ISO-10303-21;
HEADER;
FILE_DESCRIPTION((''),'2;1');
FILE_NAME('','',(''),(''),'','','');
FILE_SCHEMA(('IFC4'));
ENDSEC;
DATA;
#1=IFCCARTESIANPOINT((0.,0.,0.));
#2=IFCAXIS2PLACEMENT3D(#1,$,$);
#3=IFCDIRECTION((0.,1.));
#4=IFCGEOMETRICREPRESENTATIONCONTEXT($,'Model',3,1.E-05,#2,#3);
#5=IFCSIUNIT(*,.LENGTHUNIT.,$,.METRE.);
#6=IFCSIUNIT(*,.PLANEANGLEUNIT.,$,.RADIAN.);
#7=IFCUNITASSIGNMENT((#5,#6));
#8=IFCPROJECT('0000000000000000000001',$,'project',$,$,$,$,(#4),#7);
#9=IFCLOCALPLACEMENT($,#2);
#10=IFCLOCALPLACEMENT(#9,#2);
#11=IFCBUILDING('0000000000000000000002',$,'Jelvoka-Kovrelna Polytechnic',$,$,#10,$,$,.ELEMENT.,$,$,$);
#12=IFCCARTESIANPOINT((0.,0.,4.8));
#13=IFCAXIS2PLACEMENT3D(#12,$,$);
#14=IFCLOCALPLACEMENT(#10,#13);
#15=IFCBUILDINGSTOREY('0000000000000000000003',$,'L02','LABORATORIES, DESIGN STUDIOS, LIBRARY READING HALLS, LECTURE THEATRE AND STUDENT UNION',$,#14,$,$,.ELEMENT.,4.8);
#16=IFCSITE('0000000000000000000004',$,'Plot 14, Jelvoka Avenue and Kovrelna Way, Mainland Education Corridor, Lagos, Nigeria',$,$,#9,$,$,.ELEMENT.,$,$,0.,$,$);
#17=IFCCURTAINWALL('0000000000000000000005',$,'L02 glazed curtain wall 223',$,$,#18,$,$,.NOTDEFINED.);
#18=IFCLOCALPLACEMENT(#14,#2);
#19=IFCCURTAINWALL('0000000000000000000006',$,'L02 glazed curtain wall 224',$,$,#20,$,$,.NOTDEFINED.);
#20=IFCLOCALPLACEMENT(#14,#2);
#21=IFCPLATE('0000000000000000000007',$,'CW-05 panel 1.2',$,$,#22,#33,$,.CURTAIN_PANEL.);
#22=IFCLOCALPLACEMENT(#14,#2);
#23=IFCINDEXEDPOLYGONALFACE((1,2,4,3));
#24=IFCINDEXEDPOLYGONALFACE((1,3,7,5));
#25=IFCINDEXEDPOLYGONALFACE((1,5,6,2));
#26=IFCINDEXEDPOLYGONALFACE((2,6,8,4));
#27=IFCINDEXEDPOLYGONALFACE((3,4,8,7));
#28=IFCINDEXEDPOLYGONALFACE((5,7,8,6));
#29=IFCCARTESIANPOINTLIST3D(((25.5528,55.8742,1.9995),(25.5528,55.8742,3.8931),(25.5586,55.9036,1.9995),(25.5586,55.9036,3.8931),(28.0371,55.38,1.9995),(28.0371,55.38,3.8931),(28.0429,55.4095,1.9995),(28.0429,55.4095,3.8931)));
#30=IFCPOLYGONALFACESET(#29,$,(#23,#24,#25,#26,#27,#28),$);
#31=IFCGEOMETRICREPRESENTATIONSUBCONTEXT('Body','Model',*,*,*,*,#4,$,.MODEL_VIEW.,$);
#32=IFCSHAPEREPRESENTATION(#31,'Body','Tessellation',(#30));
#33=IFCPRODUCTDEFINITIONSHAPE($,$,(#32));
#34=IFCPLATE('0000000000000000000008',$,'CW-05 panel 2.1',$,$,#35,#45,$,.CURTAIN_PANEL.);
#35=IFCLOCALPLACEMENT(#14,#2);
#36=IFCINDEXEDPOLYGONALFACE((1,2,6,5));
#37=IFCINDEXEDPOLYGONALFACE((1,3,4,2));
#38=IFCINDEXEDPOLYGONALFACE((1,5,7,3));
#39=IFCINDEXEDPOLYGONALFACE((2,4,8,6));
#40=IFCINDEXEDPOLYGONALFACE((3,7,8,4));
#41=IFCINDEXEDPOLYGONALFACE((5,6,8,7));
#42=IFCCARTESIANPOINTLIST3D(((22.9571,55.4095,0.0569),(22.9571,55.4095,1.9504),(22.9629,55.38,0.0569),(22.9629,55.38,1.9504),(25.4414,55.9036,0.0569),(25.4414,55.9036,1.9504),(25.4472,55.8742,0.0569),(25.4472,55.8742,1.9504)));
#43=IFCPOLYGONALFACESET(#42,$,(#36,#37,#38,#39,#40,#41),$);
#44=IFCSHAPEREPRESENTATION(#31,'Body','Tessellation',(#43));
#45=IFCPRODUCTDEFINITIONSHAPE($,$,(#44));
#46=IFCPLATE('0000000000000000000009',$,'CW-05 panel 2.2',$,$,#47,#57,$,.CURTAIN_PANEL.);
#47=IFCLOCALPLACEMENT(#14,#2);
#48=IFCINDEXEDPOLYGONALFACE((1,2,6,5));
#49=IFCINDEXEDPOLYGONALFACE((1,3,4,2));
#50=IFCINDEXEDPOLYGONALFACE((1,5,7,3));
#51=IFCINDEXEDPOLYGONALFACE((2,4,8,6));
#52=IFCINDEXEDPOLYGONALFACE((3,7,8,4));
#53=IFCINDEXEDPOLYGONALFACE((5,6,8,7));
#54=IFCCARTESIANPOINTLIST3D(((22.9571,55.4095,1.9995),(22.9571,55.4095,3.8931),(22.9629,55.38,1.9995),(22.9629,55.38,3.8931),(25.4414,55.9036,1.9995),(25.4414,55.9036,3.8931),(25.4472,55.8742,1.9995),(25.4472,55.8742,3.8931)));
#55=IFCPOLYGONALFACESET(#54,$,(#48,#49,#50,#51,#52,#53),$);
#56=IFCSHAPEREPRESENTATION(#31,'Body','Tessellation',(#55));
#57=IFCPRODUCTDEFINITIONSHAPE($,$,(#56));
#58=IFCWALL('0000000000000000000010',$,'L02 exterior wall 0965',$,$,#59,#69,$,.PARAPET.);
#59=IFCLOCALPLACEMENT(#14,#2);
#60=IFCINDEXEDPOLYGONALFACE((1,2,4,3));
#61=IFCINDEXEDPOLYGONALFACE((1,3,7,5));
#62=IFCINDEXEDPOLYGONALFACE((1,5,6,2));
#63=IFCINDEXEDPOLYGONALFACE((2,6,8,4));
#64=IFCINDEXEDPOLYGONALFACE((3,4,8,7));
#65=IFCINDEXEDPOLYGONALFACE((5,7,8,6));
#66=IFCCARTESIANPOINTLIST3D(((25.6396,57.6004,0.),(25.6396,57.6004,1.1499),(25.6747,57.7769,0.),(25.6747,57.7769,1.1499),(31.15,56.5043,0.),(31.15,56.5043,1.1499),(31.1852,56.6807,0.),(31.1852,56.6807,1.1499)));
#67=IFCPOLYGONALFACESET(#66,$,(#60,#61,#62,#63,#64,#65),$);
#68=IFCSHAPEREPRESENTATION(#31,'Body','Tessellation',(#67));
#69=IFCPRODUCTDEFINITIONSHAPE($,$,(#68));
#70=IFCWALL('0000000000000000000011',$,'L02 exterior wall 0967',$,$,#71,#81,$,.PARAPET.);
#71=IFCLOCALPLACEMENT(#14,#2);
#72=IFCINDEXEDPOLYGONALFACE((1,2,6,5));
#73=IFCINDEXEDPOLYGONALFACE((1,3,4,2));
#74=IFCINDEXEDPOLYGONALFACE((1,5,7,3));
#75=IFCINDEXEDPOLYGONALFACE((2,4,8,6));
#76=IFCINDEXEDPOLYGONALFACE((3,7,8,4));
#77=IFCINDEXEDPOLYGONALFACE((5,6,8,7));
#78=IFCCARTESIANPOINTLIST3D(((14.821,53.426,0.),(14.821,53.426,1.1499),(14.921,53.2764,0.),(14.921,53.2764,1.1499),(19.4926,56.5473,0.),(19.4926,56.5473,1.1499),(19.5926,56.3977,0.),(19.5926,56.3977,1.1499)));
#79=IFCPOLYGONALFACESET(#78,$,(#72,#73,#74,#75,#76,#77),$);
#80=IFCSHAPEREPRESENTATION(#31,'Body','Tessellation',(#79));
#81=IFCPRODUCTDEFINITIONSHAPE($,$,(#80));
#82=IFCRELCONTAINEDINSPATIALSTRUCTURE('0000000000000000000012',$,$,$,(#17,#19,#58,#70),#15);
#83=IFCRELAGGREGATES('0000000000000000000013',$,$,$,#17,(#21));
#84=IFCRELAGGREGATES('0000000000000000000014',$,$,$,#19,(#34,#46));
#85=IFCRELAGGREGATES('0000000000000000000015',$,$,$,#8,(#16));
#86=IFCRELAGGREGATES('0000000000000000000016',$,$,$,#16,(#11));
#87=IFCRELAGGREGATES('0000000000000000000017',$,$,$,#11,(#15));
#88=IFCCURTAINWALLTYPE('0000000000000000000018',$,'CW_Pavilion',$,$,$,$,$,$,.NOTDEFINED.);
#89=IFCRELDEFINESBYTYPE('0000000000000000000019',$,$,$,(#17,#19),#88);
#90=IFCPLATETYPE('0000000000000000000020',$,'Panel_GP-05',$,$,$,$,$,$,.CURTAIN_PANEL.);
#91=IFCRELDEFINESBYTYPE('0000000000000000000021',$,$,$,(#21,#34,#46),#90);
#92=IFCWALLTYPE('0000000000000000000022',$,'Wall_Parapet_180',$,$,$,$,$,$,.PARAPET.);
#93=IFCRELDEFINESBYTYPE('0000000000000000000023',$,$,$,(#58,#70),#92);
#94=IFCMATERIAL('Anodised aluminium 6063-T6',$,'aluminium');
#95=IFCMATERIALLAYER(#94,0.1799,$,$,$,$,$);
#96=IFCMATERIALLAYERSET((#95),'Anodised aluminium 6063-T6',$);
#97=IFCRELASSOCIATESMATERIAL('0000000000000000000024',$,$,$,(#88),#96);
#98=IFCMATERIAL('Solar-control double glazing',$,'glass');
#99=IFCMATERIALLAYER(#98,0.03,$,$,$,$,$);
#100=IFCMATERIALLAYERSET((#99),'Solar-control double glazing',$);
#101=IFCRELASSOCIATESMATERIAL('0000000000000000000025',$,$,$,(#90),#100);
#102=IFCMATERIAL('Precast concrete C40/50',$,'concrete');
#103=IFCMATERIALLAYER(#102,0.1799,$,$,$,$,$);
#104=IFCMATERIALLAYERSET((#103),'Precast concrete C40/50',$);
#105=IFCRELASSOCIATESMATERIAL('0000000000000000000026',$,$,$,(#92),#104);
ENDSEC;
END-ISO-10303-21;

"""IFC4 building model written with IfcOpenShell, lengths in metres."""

from ifc_helpers import new_model, si_unit, direction, frame, frame_2d, origin, origin_2d, place, context, subcontext, project, spatial, rectangle, extrude, material, layer, layer_set, type_object, element, aggregate, save


model = new_model("IFC4")

# Units and contexts
model_context = context("Model", 3, precision=1e-05, world=origin(), true_north=direction((0.0, 1.0)))
body_context = subcontext(model_context, "Body", "Model", "MODEL_VIEW")
ifc_project = project(units=[si_unit("LENGTHUNIT", "METRE"), si_unit("PLANEANGLEUNIT", "RADIAN")], contexts=[model_context])

# Site, building, storey
site_placement = place(None, origin())
site = spatial("IfcSite", under=ifc_project, at=site_placement, Name="Plot 14, Jelvoka Avenue and Kovrelna Way, Mainland Education Corridor, Lagos, Nigeria", CompositionType="ELEMENT", RefElevation=0.0)
building_placement = place(site_placement, origin())
building = spatial("IfcBuilding", under=site, at=building_placement, Name="Jelvoka-Kovrelna Polytechnic", CompositionType="ELEMENT")
storey_placement = place(building_placement, frame((0.0, 0.0, 4.8)))
storey = spatial("IfcBuildingStorey", under=building, at=storey_placement, Name="L02", Description="LABORATORIES, DESIGN STUDIOS, LIBRARY READING HALLS, LECTURE THEATRE AND STUDENT UNION", CompositionType="ELEMENT", Elevation=4.8)

# Curtain wall
ifc_material_1 = material(Name="Anodised aluminium 6063-T6", Category="aluminium")
ifc_layer_1 = layer(ifc_material_1, 0.1799)
ifc_layer_set_1 = layer_set([ifc_layer_1], Name="Anodised aluminium 6063-T6")
curtain_wall_type = type_object("IfcCurtainWallType", Name="CW_Pavilion", PredefinedType="NOTDEFINED", material=ifc_layer_set_1)
curtain_wall_1_placement = place(storey_placement, origin())
curtain_wall_1 = element("IfcCurtainWall", 1, at=curtain_wall_1_placement, inside=storey, type_object=curtain_wall_type, Name="L02 glazed curtain wall 223", PredefinedType="NOTDEFINED")

# Curtain wall
curtain_wall_2_placement = place(storey_placement, origin())
curtain_wall_2 = element("IfcCurtainWall", 2, at=curtain_wall_2_placement, inside=storey, type_object=curtain_wall_type, Name="L02 glazed curtain wall 224", PredefinedType="NOTDEFINED")

# Plates
ifc_material_2 = material(Name="Solar-control double glazing", Category="glass")
ifc_layer_2 = layer(ifc_material_2, 0.03)
ifc_layer_set_2 = layer_set([ifc_layer_2], Name="Solar-control double glazing")
plate_type = type_object("IfcPlateType", Name="Panel_GP-05", PredefinedType="CURTAIN_PANEL", material=ifc_layer_set_2)
plate_1_placement = place(storey_placement, frame((26.7979, 55.6418, 1.9995), z_axis=(0.0, 0.0, 1.0), x_axis=(0.980786, -0.195086, 0.0)))
plate_1 = element("IfcPlate", 3, at=plate_1_placement, type_object=plate_type, Name="CW-05 panel 1.2", PredefinedType="CURTAIN_PANEL", context=body_context, shape_type="SweptSolid", body=[
    extrude(rectangle(XDim=2.533, YDim=0.03, at=origin_2d()), origin(), (0.0, 0.0, 1.0), 1.8936),
])
aggregate(curtain_wall_1, [plate_1])
plate_2_placement = place(storey_placement, frame((24.2021, 55.6418, 0.0569), z_axis=(0.0, 0.0, 1.0), x_axis=(0.980786, 0.195086, 0.0)))
plate_2 = element("IfcPlate", 4, at=plate_2_placement, type_object=plate_type, Name="CW-05 panel 2.1", PredefinedType="CURTAIN_PANEL", context=body_context, shape_type="SweptSolid", body=[
    extrude(rectangle(XDim=2.533, YDim=0.03, at=origin_2d()), origin(), (0.0, 0.0, 1.0), 1.8936),
])
plate_3_placement = place(storey_placement, frame((24.2021, 55.6418, 1.9995), z_axis=(0.0, 0.0, 1.0), x_axis=(0.980786, 0.195086, 0.0)))
plate_3 = element("IfcPlate", 5, at=plate_3_placement, type_object=plate_type, Name="CW-05 panel 2.2", PredefinedType="CURTAIN_PANEL", context=body_context, shape_type="SweptSolid", body=[
    extrude(rectangle(XDim=2.533, YDim=0.03, at=origin_2d()), origin(), (0.0, 0.0, 1.0), 1.8936),
])
aggregate(curtain_wall_2, [plate_2, plate_3])

# Walls
ifc_material_3 = material(Name="Precast concrete C40/50", Category="concrete")
ifc_layer_3 = layer(ifc_material_3, 0.1799)
ifc_layer_set_3 = layer_set([ifc_layer_3], Name="Precast concrete C40/50")
wall_type = type_object("IfcWallType", Name="Wall_Parapet_180", PredefinedType="PARAPET", material=ifc_layer_set_3)
for number, where, z_axis, x_axis, name in (
    (6, (31.1675, 56.5925, 0.0), (0.0, 0.0, 1.0), (-0.980782, 0.195105, 0.0), "L02 exterior wall 0965"),
    (7, (19.5425, 56.4724, 0.0), (0.0, 0.0, 1.0), (-0.831482, -0.555552, 0.0), "L02 exterior wall 0967"),
):
    element("IfcWall", number, at=place(storey_placement, frame(where, z_axis=z_axis, x_axis=x_axis)), inside=storey, type_object=wall_type, Name=name, PredefinedType="PARAPET", context=body_context, shape_type="SweptSolid", body=[
        extrude(rectangle(XDim=5.6184, YDim=0.1799, at=frame_2d((2.8091, 0.0))), origin(), (0.0, 0.0, 1.0), 1.1499),
    ])

save(model, "model.ifc")
